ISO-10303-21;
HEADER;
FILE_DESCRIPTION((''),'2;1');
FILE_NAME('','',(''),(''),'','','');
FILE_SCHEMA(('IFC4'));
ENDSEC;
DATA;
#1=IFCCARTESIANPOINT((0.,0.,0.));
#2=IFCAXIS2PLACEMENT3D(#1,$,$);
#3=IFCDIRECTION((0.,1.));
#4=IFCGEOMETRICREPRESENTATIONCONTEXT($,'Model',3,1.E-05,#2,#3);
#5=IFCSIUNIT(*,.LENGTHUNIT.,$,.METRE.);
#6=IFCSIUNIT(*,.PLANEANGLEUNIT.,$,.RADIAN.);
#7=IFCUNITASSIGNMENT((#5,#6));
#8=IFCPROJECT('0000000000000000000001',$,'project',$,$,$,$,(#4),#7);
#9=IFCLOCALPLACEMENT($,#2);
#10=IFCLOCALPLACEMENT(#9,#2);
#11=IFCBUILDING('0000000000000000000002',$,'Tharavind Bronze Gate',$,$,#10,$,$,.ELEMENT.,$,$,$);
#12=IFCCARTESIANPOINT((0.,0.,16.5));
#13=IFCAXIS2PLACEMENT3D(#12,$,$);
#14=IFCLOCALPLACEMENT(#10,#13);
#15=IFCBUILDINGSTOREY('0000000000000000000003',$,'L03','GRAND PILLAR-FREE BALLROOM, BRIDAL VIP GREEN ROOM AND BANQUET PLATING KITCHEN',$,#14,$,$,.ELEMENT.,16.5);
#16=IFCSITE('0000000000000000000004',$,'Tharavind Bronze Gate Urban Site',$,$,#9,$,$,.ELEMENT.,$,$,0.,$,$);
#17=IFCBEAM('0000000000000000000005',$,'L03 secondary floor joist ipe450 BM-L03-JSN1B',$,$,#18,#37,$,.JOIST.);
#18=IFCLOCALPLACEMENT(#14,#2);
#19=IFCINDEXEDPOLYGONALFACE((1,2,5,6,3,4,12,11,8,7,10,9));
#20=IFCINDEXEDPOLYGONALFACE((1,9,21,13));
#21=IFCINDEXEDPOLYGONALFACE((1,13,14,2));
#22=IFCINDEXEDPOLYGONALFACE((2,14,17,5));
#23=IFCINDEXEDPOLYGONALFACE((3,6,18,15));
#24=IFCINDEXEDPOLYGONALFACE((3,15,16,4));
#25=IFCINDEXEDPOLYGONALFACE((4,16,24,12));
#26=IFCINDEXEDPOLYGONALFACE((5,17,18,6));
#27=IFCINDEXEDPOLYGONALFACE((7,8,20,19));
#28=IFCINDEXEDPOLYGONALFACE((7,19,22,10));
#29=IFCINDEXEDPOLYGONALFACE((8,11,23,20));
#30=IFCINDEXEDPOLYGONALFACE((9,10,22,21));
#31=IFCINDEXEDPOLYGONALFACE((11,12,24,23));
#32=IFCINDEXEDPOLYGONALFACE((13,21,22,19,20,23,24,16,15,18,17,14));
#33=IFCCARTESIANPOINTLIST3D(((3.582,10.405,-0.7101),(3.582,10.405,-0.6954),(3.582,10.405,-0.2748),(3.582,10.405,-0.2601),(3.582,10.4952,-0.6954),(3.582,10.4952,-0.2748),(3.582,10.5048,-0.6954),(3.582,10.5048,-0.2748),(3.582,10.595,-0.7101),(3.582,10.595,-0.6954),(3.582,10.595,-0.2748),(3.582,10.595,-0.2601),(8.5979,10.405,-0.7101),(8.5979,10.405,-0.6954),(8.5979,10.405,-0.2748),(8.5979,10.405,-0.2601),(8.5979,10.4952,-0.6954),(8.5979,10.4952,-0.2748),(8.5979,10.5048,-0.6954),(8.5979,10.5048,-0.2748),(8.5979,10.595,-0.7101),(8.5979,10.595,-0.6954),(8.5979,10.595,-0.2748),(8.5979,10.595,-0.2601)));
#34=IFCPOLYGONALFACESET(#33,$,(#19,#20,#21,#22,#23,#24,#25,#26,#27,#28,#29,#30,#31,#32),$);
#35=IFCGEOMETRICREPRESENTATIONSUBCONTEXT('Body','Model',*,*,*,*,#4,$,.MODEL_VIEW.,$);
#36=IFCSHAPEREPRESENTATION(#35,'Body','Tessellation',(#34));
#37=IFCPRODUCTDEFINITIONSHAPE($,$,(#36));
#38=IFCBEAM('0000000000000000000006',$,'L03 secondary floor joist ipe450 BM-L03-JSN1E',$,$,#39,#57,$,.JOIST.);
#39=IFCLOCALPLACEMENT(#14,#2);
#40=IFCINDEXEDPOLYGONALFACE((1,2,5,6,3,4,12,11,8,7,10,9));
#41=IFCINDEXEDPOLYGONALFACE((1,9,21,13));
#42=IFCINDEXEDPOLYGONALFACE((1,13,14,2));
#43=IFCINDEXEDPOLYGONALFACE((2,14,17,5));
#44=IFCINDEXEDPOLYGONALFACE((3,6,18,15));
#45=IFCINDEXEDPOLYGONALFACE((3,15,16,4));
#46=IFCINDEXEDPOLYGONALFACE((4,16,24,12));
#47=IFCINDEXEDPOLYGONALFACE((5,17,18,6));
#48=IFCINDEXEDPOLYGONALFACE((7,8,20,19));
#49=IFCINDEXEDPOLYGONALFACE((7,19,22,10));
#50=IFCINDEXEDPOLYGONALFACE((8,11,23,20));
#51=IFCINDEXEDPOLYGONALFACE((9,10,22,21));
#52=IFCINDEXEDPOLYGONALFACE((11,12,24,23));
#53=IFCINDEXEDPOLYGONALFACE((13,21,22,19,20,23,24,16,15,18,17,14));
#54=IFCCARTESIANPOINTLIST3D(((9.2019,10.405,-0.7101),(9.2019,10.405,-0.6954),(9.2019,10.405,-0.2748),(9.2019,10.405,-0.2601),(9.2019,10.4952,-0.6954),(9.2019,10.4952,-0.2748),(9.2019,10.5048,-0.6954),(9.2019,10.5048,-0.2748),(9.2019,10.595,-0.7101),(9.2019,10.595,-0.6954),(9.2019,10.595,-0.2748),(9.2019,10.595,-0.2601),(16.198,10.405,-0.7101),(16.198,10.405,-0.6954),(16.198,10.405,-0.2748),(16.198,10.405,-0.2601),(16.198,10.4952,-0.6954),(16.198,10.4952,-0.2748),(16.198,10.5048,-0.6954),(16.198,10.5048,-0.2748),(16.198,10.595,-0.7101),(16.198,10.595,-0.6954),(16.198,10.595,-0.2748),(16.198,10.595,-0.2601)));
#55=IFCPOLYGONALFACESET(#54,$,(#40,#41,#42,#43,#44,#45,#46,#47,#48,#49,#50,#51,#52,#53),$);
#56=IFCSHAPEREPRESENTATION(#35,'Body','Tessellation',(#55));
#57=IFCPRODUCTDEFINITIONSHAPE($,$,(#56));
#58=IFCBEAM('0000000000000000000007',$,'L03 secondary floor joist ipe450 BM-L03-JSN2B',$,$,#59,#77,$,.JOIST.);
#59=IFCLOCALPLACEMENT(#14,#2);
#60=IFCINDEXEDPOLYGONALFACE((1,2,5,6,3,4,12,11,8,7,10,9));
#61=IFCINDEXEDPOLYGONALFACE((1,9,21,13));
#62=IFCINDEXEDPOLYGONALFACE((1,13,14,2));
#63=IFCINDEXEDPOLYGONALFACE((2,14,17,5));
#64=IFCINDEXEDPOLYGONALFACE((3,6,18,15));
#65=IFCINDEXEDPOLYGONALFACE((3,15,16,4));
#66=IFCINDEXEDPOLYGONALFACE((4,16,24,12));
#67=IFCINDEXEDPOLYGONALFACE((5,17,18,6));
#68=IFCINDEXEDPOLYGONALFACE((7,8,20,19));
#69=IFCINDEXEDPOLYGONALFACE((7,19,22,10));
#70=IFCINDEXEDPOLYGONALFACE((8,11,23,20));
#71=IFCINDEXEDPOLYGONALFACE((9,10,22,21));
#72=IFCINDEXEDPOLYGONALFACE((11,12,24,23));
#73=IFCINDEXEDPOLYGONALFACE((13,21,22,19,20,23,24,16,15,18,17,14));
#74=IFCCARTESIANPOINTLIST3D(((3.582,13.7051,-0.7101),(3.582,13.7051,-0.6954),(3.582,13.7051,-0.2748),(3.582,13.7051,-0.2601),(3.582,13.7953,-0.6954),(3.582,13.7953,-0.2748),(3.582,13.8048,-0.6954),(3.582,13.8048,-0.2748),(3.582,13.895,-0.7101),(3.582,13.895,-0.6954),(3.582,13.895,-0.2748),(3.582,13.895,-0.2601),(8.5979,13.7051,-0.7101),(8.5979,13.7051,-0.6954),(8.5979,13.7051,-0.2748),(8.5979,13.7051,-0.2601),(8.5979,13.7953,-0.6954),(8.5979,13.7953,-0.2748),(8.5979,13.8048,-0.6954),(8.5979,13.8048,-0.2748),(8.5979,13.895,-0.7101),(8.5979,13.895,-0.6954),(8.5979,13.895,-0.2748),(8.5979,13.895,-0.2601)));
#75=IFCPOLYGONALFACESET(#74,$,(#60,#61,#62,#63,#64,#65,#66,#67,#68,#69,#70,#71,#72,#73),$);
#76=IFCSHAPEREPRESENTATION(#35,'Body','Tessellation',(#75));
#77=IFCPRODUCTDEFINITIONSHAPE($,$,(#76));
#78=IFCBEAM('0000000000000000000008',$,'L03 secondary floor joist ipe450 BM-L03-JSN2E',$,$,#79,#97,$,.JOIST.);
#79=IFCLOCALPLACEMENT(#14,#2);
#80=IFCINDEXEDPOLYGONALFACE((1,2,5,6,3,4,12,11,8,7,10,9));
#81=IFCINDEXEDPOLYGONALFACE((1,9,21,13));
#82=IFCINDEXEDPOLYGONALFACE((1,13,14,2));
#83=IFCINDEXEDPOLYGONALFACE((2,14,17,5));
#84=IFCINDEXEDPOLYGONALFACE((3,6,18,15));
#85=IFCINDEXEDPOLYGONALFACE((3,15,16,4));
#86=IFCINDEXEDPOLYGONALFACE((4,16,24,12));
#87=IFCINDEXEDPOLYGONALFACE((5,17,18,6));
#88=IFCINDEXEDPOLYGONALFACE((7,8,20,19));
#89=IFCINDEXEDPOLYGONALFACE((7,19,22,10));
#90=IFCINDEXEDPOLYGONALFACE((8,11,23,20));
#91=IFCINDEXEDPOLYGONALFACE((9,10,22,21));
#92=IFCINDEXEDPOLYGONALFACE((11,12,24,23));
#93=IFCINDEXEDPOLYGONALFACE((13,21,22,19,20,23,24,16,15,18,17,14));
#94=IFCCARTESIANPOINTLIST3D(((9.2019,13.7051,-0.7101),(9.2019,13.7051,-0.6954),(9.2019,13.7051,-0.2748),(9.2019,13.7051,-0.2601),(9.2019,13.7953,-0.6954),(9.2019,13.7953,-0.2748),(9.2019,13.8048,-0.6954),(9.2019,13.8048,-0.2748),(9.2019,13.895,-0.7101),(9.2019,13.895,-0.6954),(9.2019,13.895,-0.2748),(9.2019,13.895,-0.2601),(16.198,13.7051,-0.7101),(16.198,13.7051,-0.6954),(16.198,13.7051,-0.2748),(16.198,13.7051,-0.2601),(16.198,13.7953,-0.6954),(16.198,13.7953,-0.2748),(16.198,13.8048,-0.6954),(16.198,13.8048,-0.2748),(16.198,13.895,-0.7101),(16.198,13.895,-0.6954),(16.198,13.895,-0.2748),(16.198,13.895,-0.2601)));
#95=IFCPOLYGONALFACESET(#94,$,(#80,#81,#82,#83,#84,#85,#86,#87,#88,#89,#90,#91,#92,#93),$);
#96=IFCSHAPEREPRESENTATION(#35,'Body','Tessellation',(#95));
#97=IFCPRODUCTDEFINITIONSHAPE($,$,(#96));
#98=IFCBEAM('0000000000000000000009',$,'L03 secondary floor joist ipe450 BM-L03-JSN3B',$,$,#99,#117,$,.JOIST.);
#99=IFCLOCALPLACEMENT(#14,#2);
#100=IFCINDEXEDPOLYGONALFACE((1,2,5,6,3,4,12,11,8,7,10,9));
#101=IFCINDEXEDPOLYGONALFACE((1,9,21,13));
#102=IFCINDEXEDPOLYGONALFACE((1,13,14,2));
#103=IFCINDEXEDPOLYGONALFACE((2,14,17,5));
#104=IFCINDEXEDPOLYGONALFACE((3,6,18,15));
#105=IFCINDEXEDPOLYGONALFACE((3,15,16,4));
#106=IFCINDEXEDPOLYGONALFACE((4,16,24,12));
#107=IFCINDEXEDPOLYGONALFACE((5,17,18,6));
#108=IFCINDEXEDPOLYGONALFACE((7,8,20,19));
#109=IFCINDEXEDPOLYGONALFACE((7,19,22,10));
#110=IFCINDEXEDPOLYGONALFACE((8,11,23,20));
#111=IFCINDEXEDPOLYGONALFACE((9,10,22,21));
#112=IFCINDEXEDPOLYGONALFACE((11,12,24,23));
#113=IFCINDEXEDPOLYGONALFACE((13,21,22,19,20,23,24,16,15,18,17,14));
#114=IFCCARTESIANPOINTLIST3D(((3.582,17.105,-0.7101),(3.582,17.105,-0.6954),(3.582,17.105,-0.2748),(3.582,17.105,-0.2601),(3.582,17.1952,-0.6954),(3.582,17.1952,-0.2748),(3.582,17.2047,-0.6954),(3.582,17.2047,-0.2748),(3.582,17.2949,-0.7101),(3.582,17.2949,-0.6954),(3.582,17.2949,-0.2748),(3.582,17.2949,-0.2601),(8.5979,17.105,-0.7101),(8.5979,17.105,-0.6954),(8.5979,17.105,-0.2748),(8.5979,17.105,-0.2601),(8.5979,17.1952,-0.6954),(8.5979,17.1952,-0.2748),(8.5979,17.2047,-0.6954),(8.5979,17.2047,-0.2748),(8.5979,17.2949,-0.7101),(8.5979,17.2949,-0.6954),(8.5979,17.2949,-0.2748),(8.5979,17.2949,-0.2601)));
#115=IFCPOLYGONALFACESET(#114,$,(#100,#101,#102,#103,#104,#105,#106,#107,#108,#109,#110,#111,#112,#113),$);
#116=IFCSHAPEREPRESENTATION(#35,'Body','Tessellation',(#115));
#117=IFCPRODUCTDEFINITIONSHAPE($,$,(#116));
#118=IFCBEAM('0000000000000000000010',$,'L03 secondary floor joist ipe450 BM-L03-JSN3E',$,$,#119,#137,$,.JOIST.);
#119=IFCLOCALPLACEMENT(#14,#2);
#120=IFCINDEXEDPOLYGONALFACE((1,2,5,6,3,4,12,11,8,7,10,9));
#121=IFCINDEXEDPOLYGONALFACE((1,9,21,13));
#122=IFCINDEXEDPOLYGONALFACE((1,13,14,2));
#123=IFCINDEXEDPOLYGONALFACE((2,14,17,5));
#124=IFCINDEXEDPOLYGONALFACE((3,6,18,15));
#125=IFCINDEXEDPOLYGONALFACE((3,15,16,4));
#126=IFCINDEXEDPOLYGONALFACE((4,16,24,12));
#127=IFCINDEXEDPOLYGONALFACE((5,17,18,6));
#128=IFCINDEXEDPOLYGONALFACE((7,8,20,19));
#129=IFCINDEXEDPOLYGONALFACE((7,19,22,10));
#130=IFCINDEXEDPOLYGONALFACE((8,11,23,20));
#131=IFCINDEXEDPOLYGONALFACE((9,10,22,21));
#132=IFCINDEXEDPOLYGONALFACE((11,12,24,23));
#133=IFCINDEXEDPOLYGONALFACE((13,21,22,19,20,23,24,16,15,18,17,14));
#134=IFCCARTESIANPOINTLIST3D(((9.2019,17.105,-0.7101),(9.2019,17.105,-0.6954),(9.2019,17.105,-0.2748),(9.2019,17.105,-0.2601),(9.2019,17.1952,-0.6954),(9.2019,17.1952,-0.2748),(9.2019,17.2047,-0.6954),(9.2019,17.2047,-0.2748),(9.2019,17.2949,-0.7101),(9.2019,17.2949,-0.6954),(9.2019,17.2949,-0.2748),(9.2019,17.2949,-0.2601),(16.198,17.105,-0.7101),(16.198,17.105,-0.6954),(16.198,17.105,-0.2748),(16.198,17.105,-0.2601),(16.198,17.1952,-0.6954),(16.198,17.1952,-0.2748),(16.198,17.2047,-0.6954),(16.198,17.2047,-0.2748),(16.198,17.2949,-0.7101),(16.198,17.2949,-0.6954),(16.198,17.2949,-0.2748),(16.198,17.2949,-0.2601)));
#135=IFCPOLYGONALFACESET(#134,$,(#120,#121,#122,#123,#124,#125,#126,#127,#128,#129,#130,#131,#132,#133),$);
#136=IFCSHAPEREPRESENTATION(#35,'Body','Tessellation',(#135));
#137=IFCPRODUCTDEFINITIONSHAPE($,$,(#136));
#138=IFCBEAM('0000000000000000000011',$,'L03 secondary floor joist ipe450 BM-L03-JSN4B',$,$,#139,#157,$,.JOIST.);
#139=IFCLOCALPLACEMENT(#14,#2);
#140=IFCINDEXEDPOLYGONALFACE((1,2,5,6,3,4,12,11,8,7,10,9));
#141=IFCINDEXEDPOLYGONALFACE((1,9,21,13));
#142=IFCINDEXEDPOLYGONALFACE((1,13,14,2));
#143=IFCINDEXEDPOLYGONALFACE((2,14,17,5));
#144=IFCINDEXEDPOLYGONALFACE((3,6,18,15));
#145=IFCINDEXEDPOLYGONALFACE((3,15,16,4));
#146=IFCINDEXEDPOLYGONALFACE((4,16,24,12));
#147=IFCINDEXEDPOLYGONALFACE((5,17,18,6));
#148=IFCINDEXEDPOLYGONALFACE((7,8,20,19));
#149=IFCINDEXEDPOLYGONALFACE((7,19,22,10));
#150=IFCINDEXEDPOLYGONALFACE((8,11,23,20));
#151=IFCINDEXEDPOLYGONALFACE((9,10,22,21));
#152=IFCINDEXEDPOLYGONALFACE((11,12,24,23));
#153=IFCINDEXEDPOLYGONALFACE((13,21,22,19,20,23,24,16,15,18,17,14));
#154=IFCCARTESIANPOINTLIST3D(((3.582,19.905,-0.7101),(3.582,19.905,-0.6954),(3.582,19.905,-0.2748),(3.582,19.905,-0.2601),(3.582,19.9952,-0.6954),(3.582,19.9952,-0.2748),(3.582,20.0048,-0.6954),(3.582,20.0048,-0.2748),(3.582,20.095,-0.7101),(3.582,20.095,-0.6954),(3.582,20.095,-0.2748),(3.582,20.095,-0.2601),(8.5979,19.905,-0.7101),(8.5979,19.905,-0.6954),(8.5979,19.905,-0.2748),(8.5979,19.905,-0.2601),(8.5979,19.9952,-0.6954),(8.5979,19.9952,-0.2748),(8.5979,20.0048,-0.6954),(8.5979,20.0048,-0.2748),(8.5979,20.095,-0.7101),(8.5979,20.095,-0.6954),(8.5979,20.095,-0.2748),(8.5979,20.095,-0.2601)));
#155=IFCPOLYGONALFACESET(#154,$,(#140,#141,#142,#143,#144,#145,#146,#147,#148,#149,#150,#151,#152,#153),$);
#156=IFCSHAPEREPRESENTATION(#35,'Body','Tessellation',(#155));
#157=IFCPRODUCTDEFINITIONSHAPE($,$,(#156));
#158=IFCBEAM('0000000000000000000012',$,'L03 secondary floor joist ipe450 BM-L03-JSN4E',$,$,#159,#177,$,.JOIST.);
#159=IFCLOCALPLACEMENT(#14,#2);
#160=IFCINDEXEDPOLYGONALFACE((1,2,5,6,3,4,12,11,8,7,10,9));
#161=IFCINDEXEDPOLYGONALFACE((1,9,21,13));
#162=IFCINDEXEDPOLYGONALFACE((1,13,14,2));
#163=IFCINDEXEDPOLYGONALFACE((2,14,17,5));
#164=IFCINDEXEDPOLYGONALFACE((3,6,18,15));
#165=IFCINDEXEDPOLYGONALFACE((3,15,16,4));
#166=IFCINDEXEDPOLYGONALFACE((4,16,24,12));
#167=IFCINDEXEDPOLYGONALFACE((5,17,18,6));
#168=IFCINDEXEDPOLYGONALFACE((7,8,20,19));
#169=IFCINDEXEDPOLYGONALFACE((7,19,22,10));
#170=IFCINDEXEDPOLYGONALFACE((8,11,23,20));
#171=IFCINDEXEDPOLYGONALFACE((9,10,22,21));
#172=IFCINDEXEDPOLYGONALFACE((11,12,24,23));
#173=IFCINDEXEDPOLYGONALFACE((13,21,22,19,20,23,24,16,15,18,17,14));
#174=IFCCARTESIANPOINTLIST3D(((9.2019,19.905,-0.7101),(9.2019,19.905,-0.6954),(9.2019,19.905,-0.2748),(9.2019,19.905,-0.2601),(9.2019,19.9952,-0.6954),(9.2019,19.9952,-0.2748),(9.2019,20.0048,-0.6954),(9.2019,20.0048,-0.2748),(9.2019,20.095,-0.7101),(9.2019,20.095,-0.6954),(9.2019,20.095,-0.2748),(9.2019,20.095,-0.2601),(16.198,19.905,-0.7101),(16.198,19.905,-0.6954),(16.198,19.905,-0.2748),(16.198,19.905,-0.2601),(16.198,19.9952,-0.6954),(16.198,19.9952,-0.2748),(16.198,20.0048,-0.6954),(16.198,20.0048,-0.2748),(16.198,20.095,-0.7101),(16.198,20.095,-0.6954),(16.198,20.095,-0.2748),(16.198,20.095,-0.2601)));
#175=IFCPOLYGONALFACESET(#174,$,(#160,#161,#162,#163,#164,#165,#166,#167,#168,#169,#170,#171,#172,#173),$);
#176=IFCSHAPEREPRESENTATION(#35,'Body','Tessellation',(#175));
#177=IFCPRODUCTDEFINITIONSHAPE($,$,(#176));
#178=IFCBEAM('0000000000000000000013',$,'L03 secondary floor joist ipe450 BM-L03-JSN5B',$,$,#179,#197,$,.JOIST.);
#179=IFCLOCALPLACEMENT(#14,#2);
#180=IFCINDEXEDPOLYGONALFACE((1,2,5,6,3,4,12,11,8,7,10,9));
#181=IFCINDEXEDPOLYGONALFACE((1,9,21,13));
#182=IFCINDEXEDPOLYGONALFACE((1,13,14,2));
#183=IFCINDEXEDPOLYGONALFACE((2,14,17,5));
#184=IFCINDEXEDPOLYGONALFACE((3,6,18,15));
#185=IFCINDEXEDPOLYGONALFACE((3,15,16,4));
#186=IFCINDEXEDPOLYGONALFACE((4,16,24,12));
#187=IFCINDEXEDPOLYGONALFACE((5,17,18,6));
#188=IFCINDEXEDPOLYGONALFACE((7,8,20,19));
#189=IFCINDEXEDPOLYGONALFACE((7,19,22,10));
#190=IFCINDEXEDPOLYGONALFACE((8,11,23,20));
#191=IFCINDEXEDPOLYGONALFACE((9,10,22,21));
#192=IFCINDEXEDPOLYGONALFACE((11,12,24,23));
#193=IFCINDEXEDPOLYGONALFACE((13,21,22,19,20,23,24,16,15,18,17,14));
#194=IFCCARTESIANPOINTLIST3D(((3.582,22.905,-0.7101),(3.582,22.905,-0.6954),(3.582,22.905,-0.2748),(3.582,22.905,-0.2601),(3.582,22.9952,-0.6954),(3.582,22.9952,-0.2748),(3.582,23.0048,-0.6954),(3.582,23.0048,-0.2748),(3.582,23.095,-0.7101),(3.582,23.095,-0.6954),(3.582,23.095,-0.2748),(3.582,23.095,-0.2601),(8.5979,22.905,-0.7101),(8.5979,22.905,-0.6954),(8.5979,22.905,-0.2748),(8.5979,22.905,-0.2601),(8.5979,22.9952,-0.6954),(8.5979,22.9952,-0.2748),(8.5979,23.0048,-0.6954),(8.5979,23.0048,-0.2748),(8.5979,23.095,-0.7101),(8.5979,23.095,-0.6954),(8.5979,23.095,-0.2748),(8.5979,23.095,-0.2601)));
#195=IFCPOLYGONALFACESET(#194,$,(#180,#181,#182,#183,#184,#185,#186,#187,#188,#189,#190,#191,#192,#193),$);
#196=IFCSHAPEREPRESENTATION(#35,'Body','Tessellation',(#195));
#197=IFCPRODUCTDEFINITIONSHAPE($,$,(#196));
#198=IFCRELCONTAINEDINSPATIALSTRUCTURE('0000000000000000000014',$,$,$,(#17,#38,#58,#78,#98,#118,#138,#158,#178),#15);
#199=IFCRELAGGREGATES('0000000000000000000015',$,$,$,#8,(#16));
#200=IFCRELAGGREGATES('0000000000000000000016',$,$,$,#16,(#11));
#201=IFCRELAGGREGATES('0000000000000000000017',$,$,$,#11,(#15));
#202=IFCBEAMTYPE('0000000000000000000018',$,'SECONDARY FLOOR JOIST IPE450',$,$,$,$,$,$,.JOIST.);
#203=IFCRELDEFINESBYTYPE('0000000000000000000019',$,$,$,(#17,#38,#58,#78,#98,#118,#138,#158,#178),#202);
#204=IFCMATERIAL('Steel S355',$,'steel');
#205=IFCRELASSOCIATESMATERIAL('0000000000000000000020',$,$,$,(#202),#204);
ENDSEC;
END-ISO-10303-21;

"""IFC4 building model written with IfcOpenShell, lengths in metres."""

from ifc_helpers import new_model, si_unit, direction, frame, origin, origin_2d, place, context, subcontext, project, spatial, i_section, extrude, material, material_profile, profile_set, type_object, element, save


model = new_model("IFC4")

# Units and contexts
model_context = context("Model", 3, precision=1e-05, world=origin(), true_north=direction((0.0, 1.0)))
body_context = subcontext(model_context, "Body", "Model", "MODEL_VIEW")
ifc_project = project(units=[si_unit("LENGTHUNIT", "METRE"), si_unit("PLANEANGLEUNIT", "RADIAN")], contexts=[model_context])

# Site, building, storey
site_placement = place(None, origin())
site = spatial("IfcSite", under=ifc_project, at=site_placement, Name="Tharavind Bronze Gate Urban Site", CompositionType="ELEMENT", RefElevation=0.0)
building_placement = place(site_placement, origin())
building = spatial("IfcBuilding", under=site, at=building_placement, Name="Tharavind Bronze Gate", CompositionType="ELEMENT")
storey_placement = place(building_placement, frame((0.0, 0.0, 16.5)))
storey = spatial("IfcBuildingStorey", under=building, at=storey_placement, Name="L03", Description="GRAND PILLAR-FREE BALLROOM, BRIDAL VIP GREEN ROOM AND BANQUET PLATING KITCHEN", CompositionType="ELEMENT", Elevation=16.5)

# Beams
ifc_material_1 = material(Name="Steel S355", Category="steel")
ifc_material_profile_1 = material_profile(ifc_material_1, i_section(OverallWidth=0.1899, OverallDepth=0.45, WebThickness=0.0095, FlangeThickness=0.0146, at=origin_2d()), Name="IPE450")
ifc_profile_set_1 = profile_set([ifc_material_profile_1], Name="Steel S355")
beam_type_1 = type_object("IfcBeamType", Name="SECONDARY FLOOR JOIST IPE450", PredefinedType="JOIST", material=ifc_profile_set_1)
beam_1_placement = place(storey_placement, frame((3.582, 10.5, -0.4851), z_axis=(1.0, 0.0, 0.0), x_axis=(0.0, 1.0, 0.0)))
element("IfcBeam", 1, at=beam_1_placement, inside=storey, type_object=beam_type_1, Name="L03 secondary floor joist ipe450 BM-L03-JSN1B", PredefinedType="JOIST", context=body_context, shape_type="SweptSolid", body=[
    extrude(i_section(OverallWidth=0.1899, OverallDepth=0.45, WebThickness=0.0095, FlangeThickness=0.0146, at=origin_2d()), origin(), (0.0, 0.0, 1.0), 5.0159),
])
beam_2_placement = place(storey_placement, frame((9.2019, 10.5, -0.4851), z_axis=(1.0, 0.0, 0.0), x_axis=(0.0, 1.0, 0.0)))
element("IfcBeam", 2, at=beam_2_placement, inside=storey, type_object=beam_type_1, Name="L03 secondary floor joist ipe450 BM-L03-JSN1E", PredefinedType="JOIST", context=body_context, shape_type="SweptSolid", body=[
    extrude(i_section(OverallWidth=0.1899, OverallDepth=0.45, WebThickness=0.0095, FlangeThickness=0.0146, at=origin_2d()), origin(), (0.0, 0.0, 1.0), 6.9961),
])
beam_3_placement = place(storey_placement, frame((3.582, 13.8, -0.4851), z_axis=(1.0, 0.0, 0.0), x_axis=(0.0, 1.0, 0.0)))
element("IfcBeam", 3, at=beam_3_placement, inside=storey, type_object=beam_type_1, Name="L03 secondary floor joist ipe450 BM-L03-JSN2B", PredefinedType="JOIST", context=body_context, shape_type="SweptSolid", body=[
    extrude(i_section(OverallWidth=0.1899, OverallDepth=0.45, WebThickness=0.0095, FlangeThickness=0.0146, at=origin_2d()), origin(), (0.0, 0.0, 1.0), 5.0159),
])
beam_4_placement = place(storey_placement, frame((9.2019, 13.8, -0.4851), z_axis=(1.0, 0.0, 0.0), x_axis=(0.0, 1.0, 0.0)))
element("IfcBeam", 4, at=beam_4_placement, inside=storey, type_object=beam_type_1, Name="L03 secondary floor joist ipe450 BM-L03-JSN2E", PredefinedType="JOIST", context=body_context, shape_type="SweptSolid", body=[
    extrude(i_section(OverallWidth=0.1899, OverallDepth=0.45, WebThickness=0.0095, FlangeThickness=0.0146, at=origin_2d()), origin(), (0.0, 0.0, 1.0), 6.9961),
])
beam_5_placement = place(storey_placement, frame((3.582, 17.2, -0.4851), z_axis=(1.0, 0.0, 0.0), x_axis=(0.0, 1.0, 0.0)))
element("IfcBeam", 5, at=beam_5_placement, inside=storey, type_object=beam_type_1, Name="L03 secondary floor joist ipe450 BM-L03-JSN3B", PredefinedType="JOIST", context=body_context, shape_type="SweptSolid", body=[
    extrude(i_section(OverallWidth=0.1899, OverallDepth=0.45, WebThickness=0.0095, FlangeThickness=0.0146, at=origin_2d()), origin(), (0.0, 0.0, 1.0), 5.0159),
])
beam_6_placement = place(storey_placement, frame((9.2019, 17.2, -0.4851), z_axis=(1.0, 0.0, 0.0), x_axis=(0.0, 1.0, 0.0)))
element("IfcBeam", 6, at=beam_6_placement, inside=storey, type_object=beam_type_1, Name="L03 secondary floor joist ipe450 BM-L03-JSN3E", PredefinedType="JOIST", context=body_context, shape_type="SweptSolid", body=[
    extrude(i_section(OverallWidth=0.1899, OverallDepth=0.45, WebThickness=0.0095, FlangeThickness=0.0146, at=origin_2d()), origin(), (0.0, 0.0, 1.0), 6.9961),
])
beam_7_placement = place(storey_placement, frame((3.582, 20.0, -0.4851), z_axis=(1.0, 0.0, 0.0), x_axis=(0.0, 1.0, 0.0)))
element("IfcBeam", 7, at=beam_7_placement, inside=storey, type_object=beam_type_1, Name="L03 secondary floor joist ipe450 BM-L03-JSN4B", PredefinedType="JOIST", context=body_context, shape_type="SweptSolid", body=[
    extrude(i_section(OverallWidth=0.1899, OverallDepth=0.45, WebThickness=0.0095, FlangeThickness=0.0146, at=origin_2d()), origin(), (0.0, 0.0, 1.0), 5.0159),
])
beam_8_placement = place(storey_placement, frame((9.2019, 20.0, -0.4851), z_axis=(1.0, 0.0, 0.0), x_axis=(0.0, 1.0, 0.0)))
element("IfcBeam", 8, at=beam_8_placement, inside=storey, type_object=beam_type_1, Name="L03 secondary floor joist ipe450 BM-L03-JSN4E", PredefinedType="JOIST", context=body_context, shape_type="SweptSolid", body=[
    extrude(i_section(OverallWidth=0.1899, OverallDepth=0.45, WebThickness=0.0095, FlangeThickness=0.0146, at=origin_2d()), origin(), (0.0, 0.0, 1.0), 6.9961),
])
beam_9_placement = place(storey_placement, frame((3.582, 23.0, -0.4851), z_axis=(1.0, 0.0, 0.0), x_axis=(0.0, 1.0, 0.0)))
element("IfcBeam", 9, at=beam_9_placement, inside=storey, type_object=beam_type_1, Name="L03 secondary floor joist ipe450 BM-L03-JSN5B", PredefinedType="JOIST", context=body_context, shape_type="SweptSolid", body=[
    extrude(i_section(OverallWidth=0.1899, OverallDepth=0.45, WebThickness=0.0095, FlangeThickness=0.0146, at=origin_2d()), origin(), (0.0, 0.0, 1.0), 5.0159),
])

save(model, "model.ifc")
